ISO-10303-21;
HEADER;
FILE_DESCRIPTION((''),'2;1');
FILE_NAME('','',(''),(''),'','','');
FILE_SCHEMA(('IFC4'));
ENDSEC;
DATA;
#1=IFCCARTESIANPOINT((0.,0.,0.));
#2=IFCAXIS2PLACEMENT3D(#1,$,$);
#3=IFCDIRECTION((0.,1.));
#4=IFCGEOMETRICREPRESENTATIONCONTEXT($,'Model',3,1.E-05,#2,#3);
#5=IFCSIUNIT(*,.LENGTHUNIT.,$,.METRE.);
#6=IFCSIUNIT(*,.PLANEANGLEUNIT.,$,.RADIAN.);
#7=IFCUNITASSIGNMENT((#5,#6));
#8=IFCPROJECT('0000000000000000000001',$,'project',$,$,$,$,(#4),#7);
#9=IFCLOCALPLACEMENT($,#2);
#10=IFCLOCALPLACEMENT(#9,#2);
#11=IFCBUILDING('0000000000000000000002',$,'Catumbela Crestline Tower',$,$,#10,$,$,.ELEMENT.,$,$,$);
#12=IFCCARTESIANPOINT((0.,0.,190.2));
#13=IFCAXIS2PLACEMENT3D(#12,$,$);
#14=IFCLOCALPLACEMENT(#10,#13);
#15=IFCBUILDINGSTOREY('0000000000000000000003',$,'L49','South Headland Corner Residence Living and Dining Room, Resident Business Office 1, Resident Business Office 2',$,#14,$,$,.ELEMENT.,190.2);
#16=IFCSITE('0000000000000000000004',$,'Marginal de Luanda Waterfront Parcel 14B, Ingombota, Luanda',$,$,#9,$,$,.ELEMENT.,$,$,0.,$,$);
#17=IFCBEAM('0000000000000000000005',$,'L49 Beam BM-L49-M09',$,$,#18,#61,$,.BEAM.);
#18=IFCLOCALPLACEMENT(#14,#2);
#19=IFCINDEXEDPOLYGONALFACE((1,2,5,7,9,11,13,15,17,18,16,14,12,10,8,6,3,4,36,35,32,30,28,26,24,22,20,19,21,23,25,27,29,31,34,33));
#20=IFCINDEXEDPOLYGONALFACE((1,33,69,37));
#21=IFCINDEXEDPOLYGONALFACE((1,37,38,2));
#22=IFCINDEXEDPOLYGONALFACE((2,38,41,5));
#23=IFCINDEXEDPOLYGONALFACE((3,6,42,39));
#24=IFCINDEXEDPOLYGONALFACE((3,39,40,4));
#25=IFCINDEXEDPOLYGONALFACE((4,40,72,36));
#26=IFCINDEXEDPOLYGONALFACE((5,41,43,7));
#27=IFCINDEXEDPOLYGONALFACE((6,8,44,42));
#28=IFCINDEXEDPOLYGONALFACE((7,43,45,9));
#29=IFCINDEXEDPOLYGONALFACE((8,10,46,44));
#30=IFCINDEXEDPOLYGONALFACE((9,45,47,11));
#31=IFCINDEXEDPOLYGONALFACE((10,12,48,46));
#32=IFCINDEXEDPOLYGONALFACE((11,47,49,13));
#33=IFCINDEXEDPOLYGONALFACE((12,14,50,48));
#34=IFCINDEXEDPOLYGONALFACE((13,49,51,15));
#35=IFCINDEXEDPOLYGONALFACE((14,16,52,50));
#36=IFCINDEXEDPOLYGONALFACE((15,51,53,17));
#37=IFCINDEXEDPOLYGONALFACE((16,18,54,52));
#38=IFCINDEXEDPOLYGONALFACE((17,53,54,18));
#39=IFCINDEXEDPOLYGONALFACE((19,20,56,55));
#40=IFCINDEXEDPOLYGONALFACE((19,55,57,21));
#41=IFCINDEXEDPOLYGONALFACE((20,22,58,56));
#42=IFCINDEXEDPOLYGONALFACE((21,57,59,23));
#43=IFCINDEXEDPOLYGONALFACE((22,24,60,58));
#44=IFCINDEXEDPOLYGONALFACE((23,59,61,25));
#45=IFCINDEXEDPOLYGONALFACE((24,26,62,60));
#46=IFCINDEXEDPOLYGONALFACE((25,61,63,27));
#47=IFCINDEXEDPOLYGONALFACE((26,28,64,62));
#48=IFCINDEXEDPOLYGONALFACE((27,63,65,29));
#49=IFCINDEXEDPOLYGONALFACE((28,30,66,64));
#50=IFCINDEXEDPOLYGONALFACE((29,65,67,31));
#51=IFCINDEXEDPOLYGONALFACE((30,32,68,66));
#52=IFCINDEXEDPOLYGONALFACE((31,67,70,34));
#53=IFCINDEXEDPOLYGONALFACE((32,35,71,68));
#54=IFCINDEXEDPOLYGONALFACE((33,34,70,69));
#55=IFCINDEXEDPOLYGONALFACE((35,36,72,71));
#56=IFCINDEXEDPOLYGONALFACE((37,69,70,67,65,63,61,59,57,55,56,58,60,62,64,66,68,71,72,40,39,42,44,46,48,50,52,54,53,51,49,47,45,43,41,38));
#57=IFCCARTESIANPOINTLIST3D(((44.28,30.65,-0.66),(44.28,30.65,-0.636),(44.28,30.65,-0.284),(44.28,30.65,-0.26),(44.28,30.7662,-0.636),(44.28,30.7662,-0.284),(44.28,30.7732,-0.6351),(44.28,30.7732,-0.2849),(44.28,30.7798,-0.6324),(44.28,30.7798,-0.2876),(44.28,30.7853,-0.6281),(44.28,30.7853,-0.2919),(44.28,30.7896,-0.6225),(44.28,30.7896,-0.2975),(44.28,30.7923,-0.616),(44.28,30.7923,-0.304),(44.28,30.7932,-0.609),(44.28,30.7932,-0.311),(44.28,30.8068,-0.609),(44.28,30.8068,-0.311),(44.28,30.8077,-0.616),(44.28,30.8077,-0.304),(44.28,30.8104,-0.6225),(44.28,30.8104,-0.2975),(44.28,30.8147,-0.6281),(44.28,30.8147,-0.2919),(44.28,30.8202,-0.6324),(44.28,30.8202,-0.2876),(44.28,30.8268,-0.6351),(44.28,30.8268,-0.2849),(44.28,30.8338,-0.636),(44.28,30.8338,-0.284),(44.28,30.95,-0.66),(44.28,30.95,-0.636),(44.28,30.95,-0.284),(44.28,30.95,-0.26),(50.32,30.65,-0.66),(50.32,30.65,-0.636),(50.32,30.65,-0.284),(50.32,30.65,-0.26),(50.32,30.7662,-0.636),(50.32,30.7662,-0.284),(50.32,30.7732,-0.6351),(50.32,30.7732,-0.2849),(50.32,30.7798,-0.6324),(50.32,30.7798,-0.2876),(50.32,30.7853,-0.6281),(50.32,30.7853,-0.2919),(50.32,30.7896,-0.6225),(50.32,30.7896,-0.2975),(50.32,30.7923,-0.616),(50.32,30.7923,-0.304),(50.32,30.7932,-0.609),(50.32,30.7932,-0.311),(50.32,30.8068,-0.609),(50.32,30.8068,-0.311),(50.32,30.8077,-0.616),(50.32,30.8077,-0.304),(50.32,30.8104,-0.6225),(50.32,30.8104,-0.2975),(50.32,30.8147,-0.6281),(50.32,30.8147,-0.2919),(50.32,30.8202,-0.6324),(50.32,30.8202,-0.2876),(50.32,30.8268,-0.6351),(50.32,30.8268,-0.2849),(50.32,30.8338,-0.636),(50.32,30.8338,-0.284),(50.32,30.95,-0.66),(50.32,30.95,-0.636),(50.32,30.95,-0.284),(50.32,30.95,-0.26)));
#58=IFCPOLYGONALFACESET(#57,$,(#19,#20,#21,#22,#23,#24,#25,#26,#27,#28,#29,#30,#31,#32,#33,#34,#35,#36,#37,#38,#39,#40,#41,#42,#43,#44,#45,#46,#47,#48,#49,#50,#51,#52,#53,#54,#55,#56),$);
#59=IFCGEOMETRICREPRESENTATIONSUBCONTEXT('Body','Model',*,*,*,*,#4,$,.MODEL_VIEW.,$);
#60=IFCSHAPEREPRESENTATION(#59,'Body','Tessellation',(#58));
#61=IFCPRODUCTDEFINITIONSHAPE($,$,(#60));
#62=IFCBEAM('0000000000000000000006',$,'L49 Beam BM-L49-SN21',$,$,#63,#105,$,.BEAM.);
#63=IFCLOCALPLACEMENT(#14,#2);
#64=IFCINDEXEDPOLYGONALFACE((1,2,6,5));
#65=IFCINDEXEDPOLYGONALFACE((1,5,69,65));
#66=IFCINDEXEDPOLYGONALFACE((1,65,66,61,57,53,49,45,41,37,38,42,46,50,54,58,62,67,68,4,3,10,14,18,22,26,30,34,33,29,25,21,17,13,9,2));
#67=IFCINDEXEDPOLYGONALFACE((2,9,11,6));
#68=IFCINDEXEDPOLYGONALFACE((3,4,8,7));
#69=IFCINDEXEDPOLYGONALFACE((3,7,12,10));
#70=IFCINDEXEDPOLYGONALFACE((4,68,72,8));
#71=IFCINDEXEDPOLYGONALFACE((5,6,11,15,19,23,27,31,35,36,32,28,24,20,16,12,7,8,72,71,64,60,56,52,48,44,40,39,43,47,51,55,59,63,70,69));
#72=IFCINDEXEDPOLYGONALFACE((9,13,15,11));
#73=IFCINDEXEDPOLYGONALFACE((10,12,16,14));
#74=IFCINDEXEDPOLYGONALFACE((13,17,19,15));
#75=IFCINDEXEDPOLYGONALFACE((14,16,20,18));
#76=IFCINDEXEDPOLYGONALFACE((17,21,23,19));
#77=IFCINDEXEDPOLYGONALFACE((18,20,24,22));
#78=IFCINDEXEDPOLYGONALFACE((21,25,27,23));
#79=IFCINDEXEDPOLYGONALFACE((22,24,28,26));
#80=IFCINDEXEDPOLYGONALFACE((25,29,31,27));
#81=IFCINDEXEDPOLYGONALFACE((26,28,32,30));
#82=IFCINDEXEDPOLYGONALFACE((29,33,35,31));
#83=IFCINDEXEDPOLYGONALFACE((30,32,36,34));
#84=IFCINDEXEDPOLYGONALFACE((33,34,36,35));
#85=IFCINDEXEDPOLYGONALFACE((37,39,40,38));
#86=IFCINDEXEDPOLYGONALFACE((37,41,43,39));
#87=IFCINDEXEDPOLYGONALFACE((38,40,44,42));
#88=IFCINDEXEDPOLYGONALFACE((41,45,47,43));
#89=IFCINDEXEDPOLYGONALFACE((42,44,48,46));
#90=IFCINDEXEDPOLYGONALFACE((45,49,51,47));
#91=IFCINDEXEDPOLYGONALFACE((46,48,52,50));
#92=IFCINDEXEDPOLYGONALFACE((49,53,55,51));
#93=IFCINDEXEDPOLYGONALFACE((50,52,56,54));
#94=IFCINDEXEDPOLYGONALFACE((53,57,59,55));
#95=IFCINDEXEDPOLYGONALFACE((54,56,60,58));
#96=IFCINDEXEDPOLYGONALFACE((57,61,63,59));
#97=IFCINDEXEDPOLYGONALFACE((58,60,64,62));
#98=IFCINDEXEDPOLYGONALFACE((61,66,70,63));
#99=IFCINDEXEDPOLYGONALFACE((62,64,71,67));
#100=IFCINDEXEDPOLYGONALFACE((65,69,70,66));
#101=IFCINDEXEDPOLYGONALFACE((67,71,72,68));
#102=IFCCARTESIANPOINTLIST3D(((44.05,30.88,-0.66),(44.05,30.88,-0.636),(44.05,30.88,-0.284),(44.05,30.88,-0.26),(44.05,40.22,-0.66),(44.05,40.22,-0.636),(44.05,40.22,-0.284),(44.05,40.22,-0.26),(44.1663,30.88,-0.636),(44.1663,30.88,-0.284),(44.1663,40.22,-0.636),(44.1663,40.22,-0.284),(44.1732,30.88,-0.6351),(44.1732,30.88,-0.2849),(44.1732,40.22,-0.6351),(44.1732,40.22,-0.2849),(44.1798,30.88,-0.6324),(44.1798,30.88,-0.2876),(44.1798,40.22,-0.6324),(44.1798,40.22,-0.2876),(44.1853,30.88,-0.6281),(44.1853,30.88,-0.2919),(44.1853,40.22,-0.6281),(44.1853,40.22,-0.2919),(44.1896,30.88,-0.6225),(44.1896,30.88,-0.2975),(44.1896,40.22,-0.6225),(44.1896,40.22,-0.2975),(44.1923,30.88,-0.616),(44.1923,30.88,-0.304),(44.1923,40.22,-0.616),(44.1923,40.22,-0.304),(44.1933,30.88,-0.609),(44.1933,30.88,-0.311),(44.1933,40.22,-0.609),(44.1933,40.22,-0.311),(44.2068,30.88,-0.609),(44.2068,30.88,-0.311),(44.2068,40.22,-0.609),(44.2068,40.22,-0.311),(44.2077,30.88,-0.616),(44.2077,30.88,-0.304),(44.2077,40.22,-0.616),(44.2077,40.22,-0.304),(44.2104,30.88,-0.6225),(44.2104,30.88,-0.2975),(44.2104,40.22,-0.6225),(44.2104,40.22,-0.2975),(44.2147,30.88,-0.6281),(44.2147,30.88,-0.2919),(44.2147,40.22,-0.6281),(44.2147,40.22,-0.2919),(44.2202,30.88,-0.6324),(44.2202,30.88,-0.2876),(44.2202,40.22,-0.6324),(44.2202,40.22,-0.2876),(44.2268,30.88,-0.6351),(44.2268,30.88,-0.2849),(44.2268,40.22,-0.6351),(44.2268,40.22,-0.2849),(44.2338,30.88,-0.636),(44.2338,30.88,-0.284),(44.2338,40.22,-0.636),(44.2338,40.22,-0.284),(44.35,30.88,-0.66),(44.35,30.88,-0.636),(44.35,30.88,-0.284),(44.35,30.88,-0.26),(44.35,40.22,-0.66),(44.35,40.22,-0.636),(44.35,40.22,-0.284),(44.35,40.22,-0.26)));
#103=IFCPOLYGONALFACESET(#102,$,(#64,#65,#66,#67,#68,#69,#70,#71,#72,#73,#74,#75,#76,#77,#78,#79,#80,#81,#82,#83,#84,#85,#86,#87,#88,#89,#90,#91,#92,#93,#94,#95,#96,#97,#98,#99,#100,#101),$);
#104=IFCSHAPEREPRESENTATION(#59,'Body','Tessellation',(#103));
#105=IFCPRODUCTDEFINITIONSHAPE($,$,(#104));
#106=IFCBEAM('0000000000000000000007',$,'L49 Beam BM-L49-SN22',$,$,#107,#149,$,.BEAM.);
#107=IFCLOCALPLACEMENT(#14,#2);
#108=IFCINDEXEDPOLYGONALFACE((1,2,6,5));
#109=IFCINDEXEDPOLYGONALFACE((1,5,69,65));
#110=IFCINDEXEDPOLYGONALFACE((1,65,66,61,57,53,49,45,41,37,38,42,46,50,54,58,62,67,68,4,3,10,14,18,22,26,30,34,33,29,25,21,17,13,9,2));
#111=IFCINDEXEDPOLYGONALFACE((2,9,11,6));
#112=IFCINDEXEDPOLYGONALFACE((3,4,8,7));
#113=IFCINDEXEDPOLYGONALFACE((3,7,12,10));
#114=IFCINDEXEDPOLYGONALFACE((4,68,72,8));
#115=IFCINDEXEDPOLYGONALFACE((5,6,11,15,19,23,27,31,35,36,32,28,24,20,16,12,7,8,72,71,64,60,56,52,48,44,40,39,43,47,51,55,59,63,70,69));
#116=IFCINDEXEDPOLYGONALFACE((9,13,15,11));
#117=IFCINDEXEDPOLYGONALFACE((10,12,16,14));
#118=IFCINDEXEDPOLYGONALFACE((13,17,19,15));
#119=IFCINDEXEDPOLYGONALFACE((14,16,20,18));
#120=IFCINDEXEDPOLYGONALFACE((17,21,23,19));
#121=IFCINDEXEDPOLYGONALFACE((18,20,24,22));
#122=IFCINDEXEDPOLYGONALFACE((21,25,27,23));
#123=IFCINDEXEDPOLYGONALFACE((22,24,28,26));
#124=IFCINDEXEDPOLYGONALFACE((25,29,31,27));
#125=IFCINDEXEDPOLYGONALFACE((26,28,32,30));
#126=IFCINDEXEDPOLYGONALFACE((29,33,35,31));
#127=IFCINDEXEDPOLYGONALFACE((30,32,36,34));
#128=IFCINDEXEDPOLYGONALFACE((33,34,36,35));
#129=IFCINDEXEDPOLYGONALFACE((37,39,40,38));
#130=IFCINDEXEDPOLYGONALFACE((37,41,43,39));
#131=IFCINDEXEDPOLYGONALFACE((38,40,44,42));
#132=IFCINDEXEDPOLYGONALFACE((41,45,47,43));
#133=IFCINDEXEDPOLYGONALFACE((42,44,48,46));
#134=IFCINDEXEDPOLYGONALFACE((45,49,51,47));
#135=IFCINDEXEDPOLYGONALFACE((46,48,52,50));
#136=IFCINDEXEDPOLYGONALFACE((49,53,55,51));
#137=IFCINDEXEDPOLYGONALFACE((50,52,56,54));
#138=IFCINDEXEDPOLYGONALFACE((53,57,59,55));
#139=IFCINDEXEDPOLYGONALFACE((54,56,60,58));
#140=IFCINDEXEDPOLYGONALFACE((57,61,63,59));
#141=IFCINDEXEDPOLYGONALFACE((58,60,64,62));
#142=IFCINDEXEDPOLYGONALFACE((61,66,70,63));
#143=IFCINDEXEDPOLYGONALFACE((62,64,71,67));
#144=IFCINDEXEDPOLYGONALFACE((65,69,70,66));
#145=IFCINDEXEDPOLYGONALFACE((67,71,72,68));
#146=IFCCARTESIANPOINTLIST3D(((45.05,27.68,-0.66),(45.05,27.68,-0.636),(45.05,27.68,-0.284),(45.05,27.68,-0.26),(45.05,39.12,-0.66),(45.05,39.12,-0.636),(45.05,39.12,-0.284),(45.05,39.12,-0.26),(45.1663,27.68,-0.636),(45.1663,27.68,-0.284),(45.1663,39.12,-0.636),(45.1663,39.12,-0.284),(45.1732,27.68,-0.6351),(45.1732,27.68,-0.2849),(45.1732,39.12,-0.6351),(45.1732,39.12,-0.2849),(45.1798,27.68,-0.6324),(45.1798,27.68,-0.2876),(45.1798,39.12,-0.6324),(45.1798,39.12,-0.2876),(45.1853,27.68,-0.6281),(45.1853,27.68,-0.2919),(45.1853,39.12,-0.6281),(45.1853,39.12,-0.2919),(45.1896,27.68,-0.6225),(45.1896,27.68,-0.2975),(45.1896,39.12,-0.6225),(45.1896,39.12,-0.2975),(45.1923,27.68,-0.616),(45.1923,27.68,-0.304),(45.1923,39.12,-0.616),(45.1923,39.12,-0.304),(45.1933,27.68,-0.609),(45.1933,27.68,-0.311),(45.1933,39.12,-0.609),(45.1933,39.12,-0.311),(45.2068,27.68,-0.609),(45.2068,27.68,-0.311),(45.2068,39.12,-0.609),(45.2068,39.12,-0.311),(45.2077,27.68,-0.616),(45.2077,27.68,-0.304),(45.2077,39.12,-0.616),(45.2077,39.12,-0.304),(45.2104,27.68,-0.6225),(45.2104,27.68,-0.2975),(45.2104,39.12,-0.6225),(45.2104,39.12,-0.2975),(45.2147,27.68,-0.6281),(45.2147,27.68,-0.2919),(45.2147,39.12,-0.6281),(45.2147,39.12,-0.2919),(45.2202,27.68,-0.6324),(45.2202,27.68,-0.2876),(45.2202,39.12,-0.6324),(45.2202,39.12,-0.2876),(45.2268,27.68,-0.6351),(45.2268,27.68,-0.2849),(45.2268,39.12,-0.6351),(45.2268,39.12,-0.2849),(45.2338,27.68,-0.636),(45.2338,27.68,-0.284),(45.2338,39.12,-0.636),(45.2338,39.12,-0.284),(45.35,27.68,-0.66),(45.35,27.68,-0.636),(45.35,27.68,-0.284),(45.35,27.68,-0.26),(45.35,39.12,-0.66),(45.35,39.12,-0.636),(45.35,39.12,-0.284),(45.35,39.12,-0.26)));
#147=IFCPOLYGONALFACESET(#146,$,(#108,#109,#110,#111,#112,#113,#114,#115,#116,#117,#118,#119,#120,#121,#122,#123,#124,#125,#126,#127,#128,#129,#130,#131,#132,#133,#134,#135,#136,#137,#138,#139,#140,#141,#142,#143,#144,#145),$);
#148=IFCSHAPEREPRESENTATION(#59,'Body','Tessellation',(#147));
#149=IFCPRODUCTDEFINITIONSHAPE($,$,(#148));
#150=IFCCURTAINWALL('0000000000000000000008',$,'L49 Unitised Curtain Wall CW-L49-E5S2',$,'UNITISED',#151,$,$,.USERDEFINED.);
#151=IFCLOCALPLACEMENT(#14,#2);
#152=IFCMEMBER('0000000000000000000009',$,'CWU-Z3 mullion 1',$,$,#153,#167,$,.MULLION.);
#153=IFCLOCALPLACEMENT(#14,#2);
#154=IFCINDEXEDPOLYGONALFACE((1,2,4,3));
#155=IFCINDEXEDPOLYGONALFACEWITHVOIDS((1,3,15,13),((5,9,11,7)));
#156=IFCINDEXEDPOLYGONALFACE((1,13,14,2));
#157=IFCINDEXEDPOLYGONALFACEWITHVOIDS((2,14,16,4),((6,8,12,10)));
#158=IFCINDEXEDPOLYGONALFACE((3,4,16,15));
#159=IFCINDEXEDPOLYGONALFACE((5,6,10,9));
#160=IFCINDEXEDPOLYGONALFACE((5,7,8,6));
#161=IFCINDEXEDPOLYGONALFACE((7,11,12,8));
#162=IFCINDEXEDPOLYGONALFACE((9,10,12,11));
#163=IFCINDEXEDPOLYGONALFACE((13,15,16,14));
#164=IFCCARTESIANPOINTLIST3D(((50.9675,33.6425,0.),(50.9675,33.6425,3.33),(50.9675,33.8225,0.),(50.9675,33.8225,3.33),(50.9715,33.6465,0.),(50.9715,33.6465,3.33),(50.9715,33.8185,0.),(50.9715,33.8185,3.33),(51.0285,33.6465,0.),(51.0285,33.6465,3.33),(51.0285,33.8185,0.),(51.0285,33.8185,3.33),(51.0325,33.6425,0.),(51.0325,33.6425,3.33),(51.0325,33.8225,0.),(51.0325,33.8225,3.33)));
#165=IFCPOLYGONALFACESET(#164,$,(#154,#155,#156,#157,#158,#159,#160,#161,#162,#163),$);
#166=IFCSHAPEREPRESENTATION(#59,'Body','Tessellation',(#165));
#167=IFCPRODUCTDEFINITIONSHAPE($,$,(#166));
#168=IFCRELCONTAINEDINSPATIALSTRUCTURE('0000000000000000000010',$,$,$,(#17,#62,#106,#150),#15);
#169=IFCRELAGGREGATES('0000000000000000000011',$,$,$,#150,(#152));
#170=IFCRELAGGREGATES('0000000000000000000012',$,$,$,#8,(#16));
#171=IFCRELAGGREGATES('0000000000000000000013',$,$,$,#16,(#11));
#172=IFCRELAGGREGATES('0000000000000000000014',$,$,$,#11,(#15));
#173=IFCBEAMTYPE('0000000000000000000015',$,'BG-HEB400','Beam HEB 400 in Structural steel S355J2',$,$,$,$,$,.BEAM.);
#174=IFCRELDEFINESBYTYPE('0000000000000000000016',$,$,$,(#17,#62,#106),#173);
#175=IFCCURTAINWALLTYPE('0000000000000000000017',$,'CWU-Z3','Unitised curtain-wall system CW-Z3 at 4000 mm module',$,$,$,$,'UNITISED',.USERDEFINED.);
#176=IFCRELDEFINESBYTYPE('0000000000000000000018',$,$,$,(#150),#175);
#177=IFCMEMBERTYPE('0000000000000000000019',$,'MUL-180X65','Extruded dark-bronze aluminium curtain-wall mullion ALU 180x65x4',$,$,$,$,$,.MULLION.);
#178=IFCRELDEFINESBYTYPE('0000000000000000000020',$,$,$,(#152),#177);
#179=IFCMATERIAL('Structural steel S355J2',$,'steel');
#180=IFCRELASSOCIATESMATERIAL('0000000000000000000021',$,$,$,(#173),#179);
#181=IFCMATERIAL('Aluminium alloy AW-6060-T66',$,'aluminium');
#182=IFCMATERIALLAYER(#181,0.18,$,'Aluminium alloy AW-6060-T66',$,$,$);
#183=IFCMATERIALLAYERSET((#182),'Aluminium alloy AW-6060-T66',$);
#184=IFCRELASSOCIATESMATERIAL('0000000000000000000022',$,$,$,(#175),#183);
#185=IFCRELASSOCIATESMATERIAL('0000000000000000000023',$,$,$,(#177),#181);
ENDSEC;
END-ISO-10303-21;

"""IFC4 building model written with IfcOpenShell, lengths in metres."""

from ifc_helpers import new_model, si_unit, direction, frame, origin, origin_2d, place, context, subcontext, project, spatial, hollow_rectangle, i_section, extrude, material, layer, layer_set, material_profile, profile_set, type_object, element, aggregate, save


model = new_model("IFC4")

# Units and contexts
model_context = context("Model", 3, precision=1e-05, world=origin(), true_north=direction((0.0, 1.0)))
body_context = subcontext(model_context, "Body", "Model", "MODEL_VIEW")
ifc_project = project(units=[si_unit("LENGTHUNIT", "METRE"), si_unit("PLANEANGLEUNIT", "RADIAN")], contexts=[model_context])

# Site, building, storey
site_placement = place(None, origin())
site = spatial("IfcSite", under=ifc_project, at=site_placement, Name="Marginal de Luanda Waterfront Parcel 14B, Ingombota, Luanda", CompositionType="ELEMENT", RefElevation=0.0)
building_placement = place(site_placement, origin())
building = spatial("IfcBuilding", under=site, at=building_placement, Name="Catumbela Crestline Tower", CompositionType="ELEMENT")
storey_placement = place(building_placement, frame((0.0, 0.0, 190.2)))
storey = spatial("IfcBuildingStorey", under=building, at=storey_placement, Name="L49", Description="South Headland Corner Residence Living and Dining Room, Resident Business Office 1, Resident Business Office 2", CompositionType="ELEMENT", Elevation=190.2)

# Shared definitions
ifc_material_1 = material(Name="Structural steel S355J2", Category="steel")

# Beams
ifc_material_profile_1 = material_profile(ifc_material_1, i_section(OverallWidth=0.3, OverallDepth=0.4, WebThickness=0.0135, FlangeThickness=0.024, FilletRadius=0.027, at=origin_2d()), Name="HEB 400")
ifc_profile_set_1 = profile_set([ifc_material_profile_1], Name="Structural steel S355J2")
beam_type_1 = type_object("IfcBeamType", Name="BG-HEB400", Description="Beam HEB 400 in Structural steel S355J2", PredefinedType="BEAM", material=ifc_profile_set_1)
beam_1_placement = place(storey_placement, frame((44.28, 30.8, -0.46), z_axis=(1.0, 0.0, 0.0), x_axis=(0.0, 1.0, 0.0)))
element("IfcBeam", 1, at=beam_1_placement, inside=storey, type_object=beam_type_1, Name="L49 Beam BM-L49-M09", PredefinedType="BEAM", context=body_context, shape_type="SweptSolid", body=[
    extrude(i_section(OverallWidth=0.3, OverallDepth=0.4, WebThickness=0.0135, FlangeThickness=0.024, FilletRadius=0.027, at=origin_2d()), origin(), (0.0, 0.0, 1.0), 6.04),
])
beam_2_placement = place(storey_placement, frame((44.2, 30.88, -0.46), z_axis=(0.0, 1.0, 0.0), x_axis=(-1.0, 0.0, 0.0)))
element("IfcBeam", 2, at=beam_2_placement, inside=storey, type_object=beam_type_1, Name="L49 Beam BM-L49-SN21", PredefinedType="BEAM", context=body_context, shape_type="SweptSolid", body=[
    extrude(i_section(OverallWidth=0.3, OverallDepth=0.4, WebThickness=0.0135, FlangeThickness=0.024, FilletRadius=0.027, at=origin_2d()), origin(), (0.0, 0.0, 1.0), 9.34),
])
beam_3_placement = place(storey_placement, frame((45.2, 27.68, -0.46), z_axis=(0.0, 1.0, 0.0), x_axis=(-1.0, 0.0, 0.0)))
element("IfcBeam", 3, at=beam_3_placement, inside=storey, type_object=beam_type_1, Name="L49 Beam BM-L49-SN22", PredefinedType="BEAM", context=body_context, shape_type="SweptSolid", body=[
    extrude(i_section(OverallWidth=0.3, OverallDepth=0.4, WebThickness=0.0135, FlangeThickness=0.024, FilletRadius=0.027, at=origin_2d()), origin(), (0.0, 0.0, 1.0), 11.44),
])

# Curtain wall, member
ifc_material_2 = material(Name="Aluminium alloy AW-6060-T66", Category="aluminium")
ifc_layer_1 = layer(ifc_material_2, 0.18, Name="Aluminium alloy AW-6060-T66")
ifc_layer_set_1 = layer_set([ifc_layer_1], Name="Aluminium alloy AW-6060-T66")
curtain_wall_type = type_object("IfcCurtainWallType", Name="CWU-Z3", Description="Unitised curtain-wall system CW-Z3 at 4000 mm module", ElementType="UNITISED", PredefinedType="USERDEFINED", material=ifc_layer_set_1)
curtain_wall_placement = place(storey_placement, origin())
curtain_wall = element("IfcCurtainWall", 4, at=curtain_wall_placement, inside=storey, type_object=curtain_wall_type, Name="L49 Unitised Curtain Wall CW-L49-E5S2", ObjectType="UNITISED", PredefinedType="USERDEFINED")
ifc_material_profile_2 = material_profile(ifc_material_2, hollow_rectangle(XDim=0.065, YDim=0.18, WallThickness=0.004, at=origin_2d()), Name="ALU 180x65x4")
ifc_profile_set_2 = profile_set([ifc_material_profile_2], Name="Aluminium alloy AW-6060-T66")
member_type_1 = type_object("IfcMemberType", Name="MUL-180X65", Description="Extruded dark-bronze aluminium curtain-wall mullion ALU 180x65x4", PredefinedType="MULLION", material=ifc_profile_set_2)
member_1_placement = place(storey_placement, frame((51.0, 33.7325, 0.0), z_axis=(0.0, 0.0, 1.0), x_axis=(-1.0, 0.0, 0.0)))
member_1 = element("IfcMember", 5, at=member_1_placement, type_object=member_type_1, Name="CWU-Z3 mullion 1", PredefinedType="MULLION", context=body_context, shape_type="SweptSolid", body=[
    extrude(hollow_rectangle(XDim=0.065, YDim=0.18, WallThickness=0.004, at=origin_2d()), origin(), (0.0, 0.0, 1.0), 3.33),
])

aggregate(curtain_wall, [member_1])

save(model, "model.ifc")
